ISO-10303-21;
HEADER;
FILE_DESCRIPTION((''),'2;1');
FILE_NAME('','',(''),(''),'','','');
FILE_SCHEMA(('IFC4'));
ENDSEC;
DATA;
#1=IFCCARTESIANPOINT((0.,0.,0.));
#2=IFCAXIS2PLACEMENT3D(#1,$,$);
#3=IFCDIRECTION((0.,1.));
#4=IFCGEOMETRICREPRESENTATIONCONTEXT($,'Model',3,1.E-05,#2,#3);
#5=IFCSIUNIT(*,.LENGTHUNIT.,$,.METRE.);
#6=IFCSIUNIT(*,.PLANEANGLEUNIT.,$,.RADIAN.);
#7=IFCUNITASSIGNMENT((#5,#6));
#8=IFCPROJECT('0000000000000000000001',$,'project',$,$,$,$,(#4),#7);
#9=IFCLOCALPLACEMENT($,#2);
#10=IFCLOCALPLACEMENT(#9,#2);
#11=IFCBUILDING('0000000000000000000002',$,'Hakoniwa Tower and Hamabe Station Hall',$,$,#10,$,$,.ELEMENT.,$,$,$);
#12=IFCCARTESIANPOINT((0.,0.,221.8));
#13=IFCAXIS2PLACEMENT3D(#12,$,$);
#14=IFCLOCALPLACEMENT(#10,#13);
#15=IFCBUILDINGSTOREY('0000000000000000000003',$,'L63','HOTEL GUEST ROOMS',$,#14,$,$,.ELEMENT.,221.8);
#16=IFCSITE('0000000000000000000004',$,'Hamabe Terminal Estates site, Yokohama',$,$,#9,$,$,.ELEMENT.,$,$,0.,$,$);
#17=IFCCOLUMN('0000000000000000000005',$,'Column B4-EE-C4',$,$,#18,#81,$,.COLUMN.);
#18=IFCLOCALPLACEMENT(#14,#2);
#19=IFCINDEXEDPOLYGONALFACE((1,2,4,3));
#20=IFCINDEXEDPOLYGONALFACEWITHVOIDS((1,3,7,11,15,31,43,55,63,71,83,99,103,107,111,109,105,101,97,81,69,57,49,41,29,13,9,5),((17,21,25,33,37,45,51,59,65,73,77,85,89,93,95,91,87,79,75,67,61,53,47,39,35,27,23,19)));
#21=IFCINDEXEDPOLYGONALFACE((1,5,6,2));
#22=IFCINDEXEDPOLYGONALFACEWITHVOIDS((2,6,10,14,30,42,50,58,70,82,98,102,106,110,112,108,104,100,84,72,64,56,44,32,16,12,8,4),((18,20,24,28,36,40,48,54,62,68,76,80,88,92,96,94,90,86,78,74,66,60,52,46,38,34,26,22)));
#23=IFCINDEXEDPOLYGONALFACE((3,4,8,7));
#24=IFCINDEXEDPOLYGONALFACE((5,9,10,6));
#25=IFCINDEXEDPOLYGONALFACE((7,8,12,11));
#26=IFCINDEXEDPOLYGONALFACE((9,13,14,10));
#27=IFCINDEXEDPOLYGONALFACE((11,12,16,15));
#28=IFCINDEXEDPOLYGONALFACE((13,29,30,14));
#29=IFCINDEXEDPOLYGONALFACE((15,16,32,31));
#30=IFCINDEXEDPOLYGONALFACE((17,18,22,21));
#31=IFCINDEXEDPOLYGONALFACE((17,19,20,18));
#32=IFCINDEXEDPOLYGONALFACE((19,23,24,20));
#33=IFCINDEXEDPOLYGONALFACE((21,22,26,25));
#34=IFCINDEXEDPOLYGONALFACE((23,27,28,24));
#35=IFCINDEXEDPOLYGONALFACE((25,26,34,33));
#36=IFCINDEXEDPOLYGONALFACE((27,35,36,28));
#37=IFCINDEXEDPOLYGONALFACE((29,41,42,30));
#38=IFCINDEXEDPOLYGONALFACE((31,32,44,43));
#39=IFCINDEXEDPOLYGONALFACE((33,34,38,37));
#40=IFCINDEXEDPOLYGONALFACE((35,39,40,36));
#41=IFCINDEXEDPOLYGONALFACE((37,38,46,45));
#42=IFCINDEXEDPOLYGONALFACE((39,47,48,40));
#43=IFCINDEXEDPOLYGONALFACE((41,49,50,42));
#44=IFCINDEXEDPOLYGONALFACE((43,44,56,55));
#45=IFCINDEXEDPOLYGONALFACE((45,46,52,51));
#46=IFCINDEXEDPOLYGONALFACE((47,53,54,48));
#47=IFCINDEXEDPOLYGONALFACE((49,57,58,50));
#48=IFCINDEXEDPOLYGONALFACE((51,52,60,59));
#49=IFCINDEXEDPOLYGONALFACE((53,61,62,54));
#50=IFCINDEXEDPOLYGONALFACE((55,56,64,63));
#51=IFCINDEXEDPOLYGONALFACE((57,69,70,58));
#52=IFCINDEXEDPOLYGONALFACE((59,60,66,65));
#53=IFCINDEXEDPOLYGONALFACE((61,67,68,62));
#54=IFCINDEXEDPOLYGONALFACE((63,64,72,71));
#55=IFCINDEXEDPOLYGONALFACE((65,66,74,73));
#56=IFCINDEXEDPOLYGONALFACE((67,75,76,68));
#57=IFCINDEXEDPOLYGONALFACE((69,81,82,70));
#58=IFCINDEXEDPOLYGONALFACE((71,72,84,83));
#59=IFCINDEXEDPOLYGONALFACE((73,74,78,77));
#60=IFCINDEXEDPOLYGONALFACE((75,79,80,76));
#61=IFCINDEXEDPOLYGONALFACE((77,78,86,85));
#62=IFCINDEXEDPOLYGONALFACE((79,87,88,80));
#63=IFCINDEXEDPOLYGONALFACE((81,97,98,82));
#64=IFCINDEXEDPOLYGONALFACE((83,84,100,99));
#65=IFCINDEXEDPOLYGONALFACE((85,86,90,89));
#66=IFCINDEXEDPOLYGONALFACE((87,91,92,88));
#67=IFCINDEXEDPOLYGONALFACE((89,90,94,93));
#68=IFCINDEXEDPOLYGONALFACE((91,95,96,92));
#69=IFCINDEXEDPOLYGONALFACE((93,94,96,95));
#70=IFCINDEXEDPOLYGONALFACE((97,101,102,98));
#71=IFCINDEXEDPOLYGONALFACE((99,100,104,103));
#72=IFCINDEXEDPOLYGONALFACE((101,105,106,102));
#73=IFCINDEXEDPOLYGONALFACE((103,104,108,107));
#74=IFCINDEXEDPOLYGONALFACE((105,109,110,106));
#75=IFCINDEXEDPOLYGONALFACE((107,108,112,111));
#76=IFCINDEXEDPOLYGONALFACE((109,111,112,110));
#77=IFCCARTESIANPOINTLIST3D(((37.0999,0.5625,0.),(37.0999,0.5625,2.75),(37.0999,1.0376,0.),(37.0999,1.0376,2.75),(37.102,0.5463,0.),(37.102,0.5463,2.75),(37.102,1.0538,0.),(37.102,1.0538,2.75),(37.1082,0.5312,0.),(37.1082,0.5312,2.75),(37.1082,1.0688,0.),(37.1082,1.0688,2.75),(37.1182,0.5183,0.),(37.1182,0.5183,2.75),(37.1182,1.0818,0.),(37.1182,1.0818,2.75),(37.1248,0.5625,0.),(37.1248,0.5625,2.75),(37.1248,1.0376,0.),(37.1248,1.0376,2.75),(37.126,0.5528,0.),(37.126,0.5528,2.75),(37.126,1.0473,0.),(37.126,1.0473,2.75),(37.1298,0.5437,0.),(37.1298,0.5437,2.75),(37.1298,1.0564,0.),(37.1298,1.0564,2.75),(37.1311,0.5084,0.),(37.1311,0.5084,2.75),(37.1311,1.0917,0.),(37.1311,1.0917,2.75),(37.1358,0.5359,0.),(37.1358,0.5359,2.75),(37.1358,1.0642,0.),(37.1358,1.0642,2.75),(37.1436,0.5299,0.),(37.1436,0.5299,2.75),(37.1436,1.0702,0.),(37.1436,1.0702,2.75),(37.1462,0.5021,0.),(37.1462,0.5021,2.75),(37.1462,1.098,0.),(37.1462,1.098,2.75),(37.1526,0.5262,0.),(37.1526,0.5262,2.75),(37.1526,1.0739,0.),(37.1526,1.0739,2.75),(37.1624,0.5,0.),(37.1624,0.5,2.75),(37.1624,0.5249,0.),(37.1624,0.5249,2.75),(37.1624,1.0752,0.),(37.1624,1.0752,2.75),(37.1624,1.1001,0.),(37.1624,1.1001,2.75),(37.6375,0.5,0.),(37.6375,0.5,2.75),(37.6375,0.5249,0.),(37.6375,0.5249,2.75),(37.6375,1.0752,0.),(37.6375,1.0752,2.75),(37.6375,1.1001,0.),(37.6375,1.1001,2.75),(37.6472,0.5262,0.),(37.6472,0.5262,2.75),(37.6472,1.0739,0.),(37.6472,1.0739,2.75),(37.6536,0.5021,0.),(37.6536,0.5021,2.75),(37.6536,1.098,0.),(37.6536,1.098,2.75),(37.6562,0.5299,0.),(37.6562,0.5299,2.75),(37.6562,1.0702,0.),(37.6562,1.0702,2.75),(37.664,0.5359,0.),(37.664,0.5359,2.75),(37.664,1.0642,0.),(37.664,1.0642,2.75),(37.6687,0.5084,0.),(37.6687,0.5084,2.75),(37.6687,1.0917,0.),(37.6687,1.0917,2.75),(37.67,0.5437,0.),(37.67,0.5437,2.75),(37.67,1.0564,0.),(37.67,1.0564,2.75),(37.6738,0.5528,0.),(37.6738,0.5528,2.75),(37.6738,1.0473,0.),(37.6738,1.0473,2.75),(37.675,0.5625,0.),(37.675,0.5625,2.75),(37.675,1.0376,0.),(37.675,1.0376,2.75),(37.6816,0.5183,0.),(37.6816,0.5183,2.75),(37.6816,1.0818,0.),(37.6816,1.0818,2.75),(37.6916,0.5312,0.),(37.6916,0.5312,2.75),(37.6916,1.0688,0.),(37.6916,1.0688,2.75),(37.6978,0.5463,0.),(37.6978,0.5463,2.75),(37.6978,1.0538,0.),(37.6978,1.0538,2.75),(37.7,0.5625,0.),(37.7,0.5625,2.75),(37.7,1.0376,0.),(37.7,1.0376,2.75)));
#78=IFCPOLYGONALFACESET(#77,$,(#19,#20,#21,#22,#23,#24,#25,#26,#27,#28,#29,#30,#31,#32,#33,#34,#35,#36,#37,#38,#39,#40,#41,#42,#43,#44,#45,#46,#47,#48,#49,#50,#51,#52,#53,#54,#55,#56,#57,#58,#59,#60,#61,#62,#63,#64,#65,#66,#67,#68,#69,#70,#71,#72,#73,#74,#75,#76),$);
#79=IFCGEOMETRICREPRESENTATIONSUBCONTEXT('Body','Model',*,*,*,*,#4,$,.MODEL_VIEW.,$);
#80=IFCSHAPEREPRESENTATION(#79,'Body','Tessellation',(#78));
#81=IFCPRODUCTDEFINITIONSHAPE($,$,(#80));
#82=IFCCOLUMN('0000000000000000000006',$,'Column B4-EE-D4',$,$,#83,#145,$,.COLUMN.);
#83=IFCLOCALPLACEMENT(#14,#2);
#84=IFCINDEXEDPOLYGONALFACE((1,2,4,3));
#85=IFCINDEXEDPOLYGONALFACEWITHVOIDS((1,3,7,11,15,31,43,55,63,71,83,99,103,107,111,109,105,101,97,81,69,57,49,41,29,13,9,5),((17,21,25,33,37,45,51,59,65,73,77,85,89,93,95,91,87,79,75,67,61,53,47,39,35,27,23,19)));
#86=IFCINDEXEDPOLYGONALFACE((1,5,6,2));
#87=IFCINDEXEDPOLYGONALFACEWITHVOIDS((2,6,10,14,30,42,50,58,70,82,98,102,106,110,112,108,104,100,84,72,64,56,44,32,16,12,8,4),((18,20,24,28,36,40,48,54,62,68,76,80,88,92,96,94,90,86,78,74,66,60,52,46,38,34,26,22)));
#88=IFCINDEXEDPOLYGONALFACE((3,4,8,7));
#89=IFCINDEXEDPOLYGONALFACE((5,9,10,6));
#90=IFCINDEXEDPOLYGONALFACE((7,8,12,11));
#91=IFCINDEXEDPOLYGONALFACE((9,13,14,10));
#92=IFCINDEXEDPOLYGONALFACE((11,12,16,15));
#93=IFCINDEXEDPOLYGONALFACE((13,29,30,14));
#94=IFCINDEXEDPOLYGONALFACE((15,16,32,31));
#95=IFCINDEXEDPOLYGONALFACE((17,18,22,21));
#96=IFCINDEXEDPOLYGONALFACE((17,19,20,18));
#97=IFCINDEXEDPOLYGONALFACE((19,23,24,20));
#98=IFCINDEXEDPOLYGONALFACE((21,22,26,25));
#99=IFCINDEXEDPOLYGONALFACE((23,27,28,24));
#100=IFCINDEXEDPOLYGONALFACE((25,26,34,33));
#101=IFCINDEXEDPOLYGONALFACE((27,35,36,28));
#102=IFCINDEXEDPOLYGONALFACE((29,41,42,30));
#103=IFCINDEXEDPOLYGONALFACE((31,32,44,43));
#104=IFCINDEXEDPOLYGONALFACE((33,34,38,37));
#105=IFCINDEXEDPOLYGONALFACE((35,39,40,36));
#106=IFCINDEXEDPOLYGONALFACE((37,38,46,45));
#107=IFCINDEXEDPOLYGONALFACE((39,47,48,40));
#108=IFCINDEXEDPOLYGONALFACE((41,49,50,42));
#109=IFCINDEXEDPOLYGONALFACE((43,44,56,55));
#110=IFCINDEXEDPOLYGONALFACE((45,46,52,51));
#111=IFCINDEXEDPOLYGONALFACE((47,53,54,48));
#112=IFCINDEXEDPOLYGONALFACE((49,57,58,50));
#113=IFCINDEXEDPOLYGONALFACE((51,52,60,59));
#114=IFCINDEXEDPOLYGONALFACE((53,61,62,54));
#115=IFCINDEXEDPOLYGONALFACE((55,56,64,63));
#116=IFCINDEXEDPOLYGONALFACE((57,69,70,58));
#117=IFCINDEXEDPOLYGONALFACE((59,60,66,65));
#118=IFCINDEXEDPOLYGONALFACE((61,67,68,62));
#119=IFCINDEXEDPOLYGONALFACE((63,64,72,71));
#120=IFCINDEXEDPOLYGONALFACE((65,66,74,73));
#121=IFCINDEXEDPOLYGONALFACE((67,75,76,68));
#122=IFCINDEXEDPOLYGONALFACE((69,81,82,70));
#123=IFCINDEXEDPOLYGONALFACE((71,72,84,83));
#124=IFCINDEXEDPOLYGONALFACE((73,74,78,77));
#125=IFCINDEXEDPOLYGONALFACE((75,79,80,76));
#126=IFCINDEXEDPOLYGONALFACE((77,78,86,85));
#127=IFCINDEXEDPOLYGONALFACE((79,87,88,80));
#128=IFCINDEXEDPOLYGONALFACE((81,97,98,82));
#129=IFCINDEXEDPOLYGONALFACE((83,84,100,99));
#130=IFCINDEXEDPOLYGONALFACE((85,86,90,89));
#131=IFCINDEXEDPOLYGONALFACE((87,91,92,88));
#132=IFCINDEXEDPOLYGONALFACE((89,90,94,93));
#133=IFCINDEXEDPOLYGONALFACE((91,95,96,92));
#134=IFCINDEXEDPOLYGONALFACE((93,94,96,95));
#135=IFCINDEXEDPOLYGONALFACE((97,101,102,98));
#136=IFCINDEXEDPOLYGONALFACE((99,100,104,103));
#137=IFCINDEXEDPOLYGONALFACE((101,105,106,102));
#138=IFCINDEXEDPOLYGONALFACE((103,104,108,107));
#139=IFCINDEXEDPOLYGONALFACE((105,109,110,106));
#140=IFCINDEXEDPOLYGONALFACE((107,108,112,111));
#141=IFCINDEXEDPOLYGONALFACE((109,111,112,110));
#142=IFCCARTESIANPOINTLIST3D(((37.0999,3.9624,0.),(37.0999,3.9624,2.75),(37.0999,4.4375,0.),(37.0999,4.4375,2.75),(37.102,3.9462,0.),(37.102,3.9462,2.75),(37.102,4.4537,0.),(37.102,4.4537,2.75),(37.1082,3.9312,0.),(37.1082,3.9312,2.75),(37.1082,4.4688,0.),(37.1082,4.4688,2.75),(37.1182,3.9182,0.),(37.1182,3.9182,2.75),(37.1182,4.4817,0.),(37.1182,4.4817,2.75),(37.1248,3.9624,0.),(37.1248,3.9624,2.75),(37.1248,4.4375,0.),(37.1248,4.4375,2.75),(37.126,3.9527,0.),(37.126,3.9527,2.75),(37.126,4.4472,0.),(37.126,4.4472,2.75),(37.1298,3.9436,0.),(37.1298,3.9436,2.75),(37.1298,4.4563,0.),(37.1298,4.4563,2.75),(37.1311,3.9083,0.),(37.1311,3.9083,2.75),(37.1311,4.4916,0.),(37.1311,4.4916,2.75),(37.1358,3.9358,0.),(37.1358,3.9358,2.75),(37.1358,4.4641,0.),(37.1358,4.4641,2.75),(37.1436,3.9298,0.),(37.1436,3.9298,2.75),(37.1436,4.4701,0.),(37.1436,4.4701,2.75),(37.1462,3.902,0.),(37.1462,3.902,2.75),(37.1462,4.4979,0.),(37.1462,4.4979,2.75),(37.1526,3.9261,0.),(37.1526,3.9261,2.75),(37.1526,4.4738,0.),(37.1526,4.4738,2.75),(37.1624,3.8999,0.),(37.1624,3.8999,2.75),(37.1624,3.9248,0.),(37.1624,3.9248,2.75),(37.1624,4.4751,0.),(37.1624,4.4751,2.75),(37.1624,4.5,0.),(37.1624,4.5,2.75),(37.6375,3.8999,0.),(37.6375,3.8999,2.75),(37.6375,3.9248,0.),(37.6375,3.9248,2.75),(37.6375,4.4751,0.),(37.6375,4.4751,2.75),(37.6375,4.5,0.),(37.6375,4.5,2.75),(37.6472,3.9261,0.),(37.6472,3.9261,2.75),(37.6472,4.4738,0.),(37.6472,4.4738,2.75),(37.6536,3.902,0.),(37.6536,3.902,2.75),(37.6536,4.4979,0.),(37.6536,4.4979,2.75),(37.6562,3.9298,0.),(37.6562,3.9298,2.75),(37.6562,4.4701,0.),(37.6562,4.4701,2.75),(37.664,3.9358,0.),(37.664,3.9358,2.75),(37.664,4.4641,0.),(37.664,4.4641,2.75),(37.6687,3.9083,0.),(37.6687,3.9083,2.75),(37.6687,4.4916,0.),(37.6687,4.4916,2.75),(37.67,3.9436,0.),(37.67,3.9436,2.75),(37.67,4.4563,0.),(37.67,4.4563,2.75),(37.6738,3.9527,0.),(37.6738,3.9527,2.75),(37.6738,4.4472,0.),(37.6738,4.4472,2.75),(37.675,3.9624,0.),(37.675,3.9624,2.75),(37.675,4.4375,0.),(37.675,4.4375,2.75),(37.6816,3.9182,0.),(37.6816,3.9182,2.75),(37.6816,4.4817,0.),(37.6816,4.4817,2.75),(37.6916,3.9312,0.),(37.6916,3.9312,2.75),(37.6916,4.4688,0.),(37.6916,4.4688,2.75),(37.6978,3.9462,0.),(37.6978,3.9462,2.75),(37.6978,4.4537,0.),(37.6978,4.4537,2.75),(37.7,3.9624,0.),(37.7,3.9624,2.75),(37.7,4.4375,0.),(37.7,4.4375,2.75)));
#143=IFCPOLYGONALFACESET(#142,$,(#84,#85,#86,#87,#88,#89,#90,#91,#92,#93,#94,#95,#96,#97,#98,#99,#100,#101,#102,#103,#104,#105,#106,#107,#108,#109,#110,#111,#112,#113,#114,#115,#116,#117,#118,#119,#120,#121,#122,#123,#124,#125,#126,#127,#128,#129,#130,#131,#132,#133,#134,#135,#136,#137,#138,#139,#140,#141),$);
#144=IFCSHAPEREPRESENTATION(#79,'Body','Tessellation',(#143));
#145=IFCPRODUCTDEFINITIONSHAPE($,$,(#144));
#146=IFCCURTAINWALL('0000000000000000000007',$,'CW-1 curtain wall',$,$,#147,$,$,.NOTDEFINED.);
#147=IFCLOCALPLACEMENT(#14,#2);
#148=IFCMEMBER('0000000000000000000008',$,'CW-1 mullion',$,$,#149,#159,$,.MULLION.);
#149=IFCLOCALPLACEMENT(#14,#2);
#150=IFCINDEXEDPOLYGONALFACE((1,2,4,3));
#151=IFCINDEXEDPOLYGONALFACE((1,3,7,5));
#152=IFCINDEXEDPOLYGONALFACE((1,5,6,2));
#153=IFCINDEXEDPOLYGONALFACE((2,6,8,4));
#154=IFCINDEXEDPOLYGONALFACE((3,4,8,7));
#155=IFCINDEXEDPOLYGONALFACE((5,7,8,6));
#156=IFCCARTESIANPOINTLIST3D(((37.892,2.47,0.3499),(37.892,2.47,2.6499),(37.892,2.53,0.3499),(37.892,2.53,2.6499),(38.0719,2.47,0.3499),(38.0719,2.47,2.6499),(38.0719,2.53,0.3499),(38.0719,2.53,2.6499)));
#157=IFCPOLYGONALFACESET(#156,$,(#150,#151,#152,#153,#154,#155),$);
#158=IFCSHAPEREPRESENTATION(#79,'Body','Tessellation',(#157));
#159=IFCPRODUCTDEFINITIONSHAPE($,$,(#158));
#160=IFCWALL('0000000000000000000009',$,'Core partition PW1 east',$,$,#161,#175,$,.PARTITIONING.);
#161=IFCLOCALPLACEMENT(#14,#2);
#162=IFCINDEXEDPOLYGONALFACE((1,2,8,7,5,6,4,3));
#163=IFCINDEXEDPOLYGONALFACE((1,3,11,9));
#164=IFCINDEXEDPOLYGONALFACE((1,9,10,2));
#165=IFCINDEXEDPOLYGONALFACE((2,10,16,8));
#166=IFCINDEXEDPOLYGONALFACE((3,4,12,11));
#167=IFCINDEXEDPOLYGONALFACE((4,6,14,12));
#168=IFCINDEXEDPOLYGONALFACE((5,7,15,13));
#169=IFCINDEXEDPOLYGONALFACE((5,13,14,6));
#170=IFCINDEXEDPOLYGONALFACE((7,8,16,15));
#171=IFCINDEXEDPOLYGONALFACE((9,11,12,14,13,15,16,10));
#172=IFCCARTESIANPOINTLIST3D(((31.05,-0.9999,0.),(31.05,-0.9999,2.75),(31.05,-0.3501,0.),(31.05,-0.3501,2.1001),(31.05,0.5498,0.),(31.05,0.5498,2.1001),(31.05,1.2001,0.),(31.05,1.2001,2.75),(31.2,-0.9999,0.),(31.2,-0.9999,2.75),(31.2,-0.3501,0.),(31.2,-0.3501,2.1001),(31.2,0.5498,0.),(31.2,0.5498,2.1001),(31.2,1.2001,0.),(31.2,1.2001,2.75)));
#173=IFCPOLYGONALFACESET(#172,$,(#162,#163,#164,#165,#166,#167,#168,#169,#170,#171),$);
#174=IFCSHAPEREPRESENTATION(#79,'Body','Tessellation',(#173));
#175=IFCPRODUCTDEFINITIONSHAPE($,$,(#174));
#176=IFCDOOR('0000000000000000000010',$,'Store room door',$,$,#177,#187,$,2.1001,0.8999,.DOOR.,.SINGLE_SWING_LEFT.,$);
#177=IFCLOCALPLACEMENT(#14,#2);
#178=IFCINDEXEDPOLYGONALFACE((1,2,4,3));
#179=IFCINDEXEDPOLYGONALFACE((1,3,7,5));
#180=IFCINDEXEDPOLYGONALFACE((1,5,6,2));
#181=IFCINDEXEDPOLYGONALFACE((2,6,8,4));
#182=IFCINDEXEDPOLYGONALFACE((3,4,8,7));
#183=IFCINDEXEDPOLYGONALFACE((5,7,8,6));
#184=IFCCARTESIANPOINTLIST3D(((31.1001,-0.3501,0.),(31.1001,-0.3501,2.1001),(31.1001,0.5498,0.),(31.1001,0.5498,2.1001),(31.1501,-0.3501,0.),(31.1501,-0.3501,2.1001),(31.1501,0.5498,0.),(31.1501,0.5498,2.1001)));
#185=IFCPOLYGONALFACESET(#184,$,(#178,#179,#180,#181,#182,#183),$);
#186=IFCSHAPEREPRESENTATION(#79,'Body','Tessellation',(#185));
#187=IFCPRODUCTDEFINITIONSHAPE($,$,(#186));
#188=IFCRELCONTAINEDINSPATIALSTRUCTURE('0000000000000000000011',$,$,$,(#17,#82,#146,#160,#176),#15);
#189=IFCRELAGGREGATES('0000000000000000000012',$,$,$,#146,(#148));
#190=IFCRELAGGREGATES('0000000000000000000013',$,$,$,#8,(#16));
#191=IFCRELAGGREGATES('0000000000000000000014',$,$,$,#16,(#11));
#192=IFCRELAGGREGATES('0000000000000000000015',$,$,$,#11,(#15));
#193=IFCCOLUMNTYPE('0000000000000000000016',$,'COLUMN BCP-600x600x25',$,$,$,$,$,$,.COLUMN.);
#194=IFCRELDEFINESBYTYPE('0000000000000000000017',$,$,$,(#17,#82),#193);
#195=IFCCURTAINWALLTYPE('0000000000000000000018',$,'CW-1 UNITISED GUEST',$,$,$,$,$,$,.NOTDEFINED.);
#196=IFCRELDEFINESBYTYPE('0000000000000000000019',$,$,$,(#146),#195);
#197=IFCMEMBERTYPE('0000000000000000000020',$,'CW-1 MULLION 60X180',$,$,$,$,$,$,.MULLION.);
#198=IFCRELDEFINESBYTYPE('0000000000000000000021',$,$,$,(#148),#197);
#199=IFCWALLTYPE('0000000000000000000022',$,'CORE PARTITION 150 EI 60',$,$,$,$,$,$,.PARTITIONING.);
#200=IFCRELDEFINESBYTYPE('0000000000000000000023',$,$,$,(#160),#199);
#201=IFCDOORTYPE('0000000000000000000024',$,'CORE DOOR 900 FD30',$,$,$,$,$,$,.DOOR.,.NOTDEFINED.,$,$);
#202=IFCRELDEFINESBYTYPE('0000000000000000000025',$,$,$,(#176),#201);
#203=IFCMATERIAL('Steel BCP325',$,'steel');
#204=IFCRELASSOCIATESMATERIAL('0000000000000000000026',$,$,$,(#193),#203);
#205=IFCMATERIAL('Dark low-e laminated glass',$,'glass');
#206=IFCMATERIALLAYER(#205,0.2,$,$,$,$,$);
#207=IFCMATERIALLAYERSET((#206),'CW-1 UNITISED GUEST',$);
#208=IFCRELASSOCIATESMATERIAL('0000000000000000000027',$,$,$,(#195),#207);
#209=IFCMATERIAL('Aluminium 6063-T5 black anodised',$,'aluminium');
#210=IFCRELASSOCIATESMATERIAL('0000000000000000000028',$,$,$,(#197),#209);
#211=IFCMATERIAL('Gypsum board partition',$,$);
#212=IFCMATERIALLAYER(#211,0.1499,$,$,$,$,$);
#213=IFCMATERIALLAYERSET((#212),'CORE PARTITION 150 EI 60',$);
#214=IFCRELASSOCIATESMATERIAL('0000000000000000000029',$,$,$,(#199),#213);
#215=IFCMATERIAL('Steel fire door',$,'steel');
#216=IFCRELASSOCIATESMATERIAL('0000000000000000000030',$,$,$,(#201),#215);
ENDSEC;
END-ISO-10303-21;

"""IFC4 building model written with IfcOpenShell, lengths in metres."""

from ifc_helpers import new_model, si_unit, direction, frame, frame_2d, origin, origin_2d, place, context, subcontext, project, spatial, rectangle, hollow_rectangle, extrude, material, layer, layer_set, material_profile, profile_set, type_object, element, fill, aggregate, save


model = new_model("IFC4")

# Units and contexts
model_context = context("Model", 3, precision=1e-05, world=origin(), true_north=direction((0.0, 1.0)))
body_context = subcontext(model_context, "Body", "Model", "MODEL_VIEW")
ifc_project = project(units=[si_unit("LENGTHUNIT", "METRE"), si_unit("PLANEANGLEUNIT", "RADIAN")], contexts=[model_context])

# Site, building, storey
site_placement = place(None, origin())
site = spatial("IfcSite", under=ifc_project, at=site_placement, Name="Hamabe Terminal Estates site, Yokohama", CompositionType="ELEMENT", RefElevation=0.0)
building_placement = place(site_placement, origin())
building = spatial("IfcBuilding", under=site, at=building_placement, Name="Hakoniwa Tower and Hamabe Station Hall", CompositionType="ELEMENT")
storey_placement = place(building_placement, frame((0.0, 0.0, 221.8)))
storey = spatial("IfcBuildingStorey", under=building, at=storey_placement, Name="L63", Description="HOTEL GUEST ROOMS", CompositionType="ELEMENT", Elevation=221.8)

# Columns
ifc_material_1 = material(Name="Steel BCP325", Category="steel")
ifc_material_profile_1 = material_profile(ifc_material_1, hollow_rectangle(XDim=0.6001, YDim=0.6001, WallThickness=0.0249, InnerFilletRadius=0.0376, OuterFilletRadius=0.0625, at=origin_2d()), Name="BCP-600x600x25")
ifc_profile_set_1 = profile_set([ifc_material_profile_1], Name="Steel BCP325")
column_type = type_object("IfcColumnType", Name="COLUMN BCP-600x600x25", PredefinedType="COLUMN", material=ifc_profile_set_1)
for number, where, z_axis, x_axis, name in (
    (1, (37.3999, 0.8, 0.0), (0.0, 0.0, 1.0), (1.0, 0.0, 0.0), "Column B4-EE-C4"),
    (2, (37.3999, 4.2, 0.0), (0.0, 0.0, 1.0), (1.0, 0.0, 0.0), "Column B4-EE-D4"),
):
    element("IfcColumn", number, at=place(storey_placement, frame(where, z_axis=z_axis, x_axis=x_axis)), inside=storey, type_object=column_type, Name=name, PredefinedType="COLUMN", context=body_context, shape_type="SweptSolid", body=[
        extrude(hollow_rectangle(XDim=0.6001, YDim=0.6001, WallThickness=0.0249, InnerFilletRadius=0.0376, OuterFilletRadius=0.0625, at=origin_2d()), origin(), (0.0, 0.0, 1.0), 2.75),
    ])

# Curtain wall, member
ifc_material_2 = material(Name="Dark low-e laminated glass", Category="glass")
ifc_layer_1 = layer(ifc_material_2, 0.2)
ifc_layer_set_1 = layer_set([ifc_layer_1], Name="CW-1 UNITISED GUEST")
curtain_wall_type = type_object("IfcCurtainWallType", Name="CW-1 UNITISED GUEST", PredefinedType="NOTDEFINED", material=ifc_layer_set_1)
curtain_wall_placement = place(storey_placement, origin())
curtain_wall = element("IfcCurtainWall", 3, at=curtain_wall_placement, inside=storey, type_object=curtain_wall_type, Name="CW-1 curtain wall", PredefinedType="NOTDEFINED")
ifc_material_3 = material(Name="Aluminium 6063-T5 black anodised", Category="aluminium")
ifc_material_profile_2 = material_profile(ifc_material_3, rectangle(XDim=0.0601, YDim=0.1799, at=origin_2d()), Name="CW-1 MULLION 60X180")
ifc_profile_set_2 = profile_set([ifc_material_profile_2], Name="Aluminium 6063-T5 black anodised")
member_type = type_object("IfcMemberType", Name="CW-1 MULLION 60X180", PredefinedType="MULLION", material=ifc_profile_set_2)
member_placement = place(storey_placement, frame((37.9819, 2.5, 0.3499), z_axis=(0.0, 0.0, 1.0), x_axis=(0.0, 1.0, 0.0)))
member = element("IfcMember", 4, at=member_placement, type_object=member_type, Name="CW-1 mullion", PredefinedType="MULLION", context=body_context, shape_type="SweptSolid", body=[
    extrude(rectangle(XDim=0.0601, YDim=0.1799, at=origin_2d()), origin(), (0.0, 0.0, 1.0), 2.3),
])
aggregate(curtain_wall, [member])

# Wall, opening, door
ifc_material_4 = material(Name="Gypsum board partition")
ifc_layer_2 = layer(ifc_material_4, 0.1499)
ifc_layer_set_2 = layer_set([ifc_layer_2], Name="CORE PARTITION 150 EI 60")
wall_type_1 = type_object("IfcWallType", Name="CORE PARTITION 150 EI 60", PredefinedType="PARTITIONING", material=ifc_layer_set_2)
wall_1_placement = place(storey_placement, frame((31.125, -1.0, 0.0), z_axis=(0.0, 0.0, 1.0), x_axis=(0.0, 1.0, 0.0)))
wall_1 = element("IfcWall", 5, at=wall_1_placement, inside=storey, type_object=wall_type_1, Name="Core partition PW1 east", PredefinedType="PARTITIONING", context=body_context, shape_type="SweptSolid", body=[
    extrude(rectangle(XDim=2.2, YDim=0.1499, at=frame_2d((1.1001, 0.0))), origin(), (0.0, 0.0, 1.0), 2.75),
])
opening_1_placement = place(wall_1_placement, frame((0.6499, 0.0, 0.0)))
opening_1 = element("IfcOpeningElement", 6, at=opening_1_placement, cuts=wall_1, PredefinedType="OPENING", context=body_context, shape_type="SweptSolid", body=[
    extrude(rectangle(XDim=0.8999, YDim=2.1001, at=frame_2d((0.45, 1.05))), frame((0.0, 0.085, 0.0), z_axis=(0.0, -1.0, 0.0), x_axis=(1.0, 0.0, 0.0)), (0.0, 0.0, 1.0), 0.1699),
])
ifc_material_5 = material(Name="Steel fire door", Category="steel")
door_type_1 = type_object("IfcDoorType", Name="CORE DOOR 900 FD30", OperationType="NOTDEFINED", PredefinedType="DOOR", material=ifc_material_5)
door_1_placement = place(opening_1_placement, origin())
door_1 = element("IfcDoor", 7, at=door_1_placement, inside=storey, type_object=door_type_1, Name="Store room door", OperationType="SINGLE_SWING_LEFT", OverallHeight=2.1001, OverallWidth=0.8999, PredefinedType="DOOR", context=body_context, shape_type="SweptSolid", body=[
    extrude(rectangle(XDim=0.8999, YDim=2.1001, at=frame_2d((0.45, 1.05))), frame((0.0, 0.0249, 0.0), z_axis=(0.0, -1.0, 0.0), x_axis=(1.0, 0.0, 0.0)), (0.0, 0.0, 1.0), 0.05),
])
fill(opening_1, door_1)

save(model, "model.ifc")
